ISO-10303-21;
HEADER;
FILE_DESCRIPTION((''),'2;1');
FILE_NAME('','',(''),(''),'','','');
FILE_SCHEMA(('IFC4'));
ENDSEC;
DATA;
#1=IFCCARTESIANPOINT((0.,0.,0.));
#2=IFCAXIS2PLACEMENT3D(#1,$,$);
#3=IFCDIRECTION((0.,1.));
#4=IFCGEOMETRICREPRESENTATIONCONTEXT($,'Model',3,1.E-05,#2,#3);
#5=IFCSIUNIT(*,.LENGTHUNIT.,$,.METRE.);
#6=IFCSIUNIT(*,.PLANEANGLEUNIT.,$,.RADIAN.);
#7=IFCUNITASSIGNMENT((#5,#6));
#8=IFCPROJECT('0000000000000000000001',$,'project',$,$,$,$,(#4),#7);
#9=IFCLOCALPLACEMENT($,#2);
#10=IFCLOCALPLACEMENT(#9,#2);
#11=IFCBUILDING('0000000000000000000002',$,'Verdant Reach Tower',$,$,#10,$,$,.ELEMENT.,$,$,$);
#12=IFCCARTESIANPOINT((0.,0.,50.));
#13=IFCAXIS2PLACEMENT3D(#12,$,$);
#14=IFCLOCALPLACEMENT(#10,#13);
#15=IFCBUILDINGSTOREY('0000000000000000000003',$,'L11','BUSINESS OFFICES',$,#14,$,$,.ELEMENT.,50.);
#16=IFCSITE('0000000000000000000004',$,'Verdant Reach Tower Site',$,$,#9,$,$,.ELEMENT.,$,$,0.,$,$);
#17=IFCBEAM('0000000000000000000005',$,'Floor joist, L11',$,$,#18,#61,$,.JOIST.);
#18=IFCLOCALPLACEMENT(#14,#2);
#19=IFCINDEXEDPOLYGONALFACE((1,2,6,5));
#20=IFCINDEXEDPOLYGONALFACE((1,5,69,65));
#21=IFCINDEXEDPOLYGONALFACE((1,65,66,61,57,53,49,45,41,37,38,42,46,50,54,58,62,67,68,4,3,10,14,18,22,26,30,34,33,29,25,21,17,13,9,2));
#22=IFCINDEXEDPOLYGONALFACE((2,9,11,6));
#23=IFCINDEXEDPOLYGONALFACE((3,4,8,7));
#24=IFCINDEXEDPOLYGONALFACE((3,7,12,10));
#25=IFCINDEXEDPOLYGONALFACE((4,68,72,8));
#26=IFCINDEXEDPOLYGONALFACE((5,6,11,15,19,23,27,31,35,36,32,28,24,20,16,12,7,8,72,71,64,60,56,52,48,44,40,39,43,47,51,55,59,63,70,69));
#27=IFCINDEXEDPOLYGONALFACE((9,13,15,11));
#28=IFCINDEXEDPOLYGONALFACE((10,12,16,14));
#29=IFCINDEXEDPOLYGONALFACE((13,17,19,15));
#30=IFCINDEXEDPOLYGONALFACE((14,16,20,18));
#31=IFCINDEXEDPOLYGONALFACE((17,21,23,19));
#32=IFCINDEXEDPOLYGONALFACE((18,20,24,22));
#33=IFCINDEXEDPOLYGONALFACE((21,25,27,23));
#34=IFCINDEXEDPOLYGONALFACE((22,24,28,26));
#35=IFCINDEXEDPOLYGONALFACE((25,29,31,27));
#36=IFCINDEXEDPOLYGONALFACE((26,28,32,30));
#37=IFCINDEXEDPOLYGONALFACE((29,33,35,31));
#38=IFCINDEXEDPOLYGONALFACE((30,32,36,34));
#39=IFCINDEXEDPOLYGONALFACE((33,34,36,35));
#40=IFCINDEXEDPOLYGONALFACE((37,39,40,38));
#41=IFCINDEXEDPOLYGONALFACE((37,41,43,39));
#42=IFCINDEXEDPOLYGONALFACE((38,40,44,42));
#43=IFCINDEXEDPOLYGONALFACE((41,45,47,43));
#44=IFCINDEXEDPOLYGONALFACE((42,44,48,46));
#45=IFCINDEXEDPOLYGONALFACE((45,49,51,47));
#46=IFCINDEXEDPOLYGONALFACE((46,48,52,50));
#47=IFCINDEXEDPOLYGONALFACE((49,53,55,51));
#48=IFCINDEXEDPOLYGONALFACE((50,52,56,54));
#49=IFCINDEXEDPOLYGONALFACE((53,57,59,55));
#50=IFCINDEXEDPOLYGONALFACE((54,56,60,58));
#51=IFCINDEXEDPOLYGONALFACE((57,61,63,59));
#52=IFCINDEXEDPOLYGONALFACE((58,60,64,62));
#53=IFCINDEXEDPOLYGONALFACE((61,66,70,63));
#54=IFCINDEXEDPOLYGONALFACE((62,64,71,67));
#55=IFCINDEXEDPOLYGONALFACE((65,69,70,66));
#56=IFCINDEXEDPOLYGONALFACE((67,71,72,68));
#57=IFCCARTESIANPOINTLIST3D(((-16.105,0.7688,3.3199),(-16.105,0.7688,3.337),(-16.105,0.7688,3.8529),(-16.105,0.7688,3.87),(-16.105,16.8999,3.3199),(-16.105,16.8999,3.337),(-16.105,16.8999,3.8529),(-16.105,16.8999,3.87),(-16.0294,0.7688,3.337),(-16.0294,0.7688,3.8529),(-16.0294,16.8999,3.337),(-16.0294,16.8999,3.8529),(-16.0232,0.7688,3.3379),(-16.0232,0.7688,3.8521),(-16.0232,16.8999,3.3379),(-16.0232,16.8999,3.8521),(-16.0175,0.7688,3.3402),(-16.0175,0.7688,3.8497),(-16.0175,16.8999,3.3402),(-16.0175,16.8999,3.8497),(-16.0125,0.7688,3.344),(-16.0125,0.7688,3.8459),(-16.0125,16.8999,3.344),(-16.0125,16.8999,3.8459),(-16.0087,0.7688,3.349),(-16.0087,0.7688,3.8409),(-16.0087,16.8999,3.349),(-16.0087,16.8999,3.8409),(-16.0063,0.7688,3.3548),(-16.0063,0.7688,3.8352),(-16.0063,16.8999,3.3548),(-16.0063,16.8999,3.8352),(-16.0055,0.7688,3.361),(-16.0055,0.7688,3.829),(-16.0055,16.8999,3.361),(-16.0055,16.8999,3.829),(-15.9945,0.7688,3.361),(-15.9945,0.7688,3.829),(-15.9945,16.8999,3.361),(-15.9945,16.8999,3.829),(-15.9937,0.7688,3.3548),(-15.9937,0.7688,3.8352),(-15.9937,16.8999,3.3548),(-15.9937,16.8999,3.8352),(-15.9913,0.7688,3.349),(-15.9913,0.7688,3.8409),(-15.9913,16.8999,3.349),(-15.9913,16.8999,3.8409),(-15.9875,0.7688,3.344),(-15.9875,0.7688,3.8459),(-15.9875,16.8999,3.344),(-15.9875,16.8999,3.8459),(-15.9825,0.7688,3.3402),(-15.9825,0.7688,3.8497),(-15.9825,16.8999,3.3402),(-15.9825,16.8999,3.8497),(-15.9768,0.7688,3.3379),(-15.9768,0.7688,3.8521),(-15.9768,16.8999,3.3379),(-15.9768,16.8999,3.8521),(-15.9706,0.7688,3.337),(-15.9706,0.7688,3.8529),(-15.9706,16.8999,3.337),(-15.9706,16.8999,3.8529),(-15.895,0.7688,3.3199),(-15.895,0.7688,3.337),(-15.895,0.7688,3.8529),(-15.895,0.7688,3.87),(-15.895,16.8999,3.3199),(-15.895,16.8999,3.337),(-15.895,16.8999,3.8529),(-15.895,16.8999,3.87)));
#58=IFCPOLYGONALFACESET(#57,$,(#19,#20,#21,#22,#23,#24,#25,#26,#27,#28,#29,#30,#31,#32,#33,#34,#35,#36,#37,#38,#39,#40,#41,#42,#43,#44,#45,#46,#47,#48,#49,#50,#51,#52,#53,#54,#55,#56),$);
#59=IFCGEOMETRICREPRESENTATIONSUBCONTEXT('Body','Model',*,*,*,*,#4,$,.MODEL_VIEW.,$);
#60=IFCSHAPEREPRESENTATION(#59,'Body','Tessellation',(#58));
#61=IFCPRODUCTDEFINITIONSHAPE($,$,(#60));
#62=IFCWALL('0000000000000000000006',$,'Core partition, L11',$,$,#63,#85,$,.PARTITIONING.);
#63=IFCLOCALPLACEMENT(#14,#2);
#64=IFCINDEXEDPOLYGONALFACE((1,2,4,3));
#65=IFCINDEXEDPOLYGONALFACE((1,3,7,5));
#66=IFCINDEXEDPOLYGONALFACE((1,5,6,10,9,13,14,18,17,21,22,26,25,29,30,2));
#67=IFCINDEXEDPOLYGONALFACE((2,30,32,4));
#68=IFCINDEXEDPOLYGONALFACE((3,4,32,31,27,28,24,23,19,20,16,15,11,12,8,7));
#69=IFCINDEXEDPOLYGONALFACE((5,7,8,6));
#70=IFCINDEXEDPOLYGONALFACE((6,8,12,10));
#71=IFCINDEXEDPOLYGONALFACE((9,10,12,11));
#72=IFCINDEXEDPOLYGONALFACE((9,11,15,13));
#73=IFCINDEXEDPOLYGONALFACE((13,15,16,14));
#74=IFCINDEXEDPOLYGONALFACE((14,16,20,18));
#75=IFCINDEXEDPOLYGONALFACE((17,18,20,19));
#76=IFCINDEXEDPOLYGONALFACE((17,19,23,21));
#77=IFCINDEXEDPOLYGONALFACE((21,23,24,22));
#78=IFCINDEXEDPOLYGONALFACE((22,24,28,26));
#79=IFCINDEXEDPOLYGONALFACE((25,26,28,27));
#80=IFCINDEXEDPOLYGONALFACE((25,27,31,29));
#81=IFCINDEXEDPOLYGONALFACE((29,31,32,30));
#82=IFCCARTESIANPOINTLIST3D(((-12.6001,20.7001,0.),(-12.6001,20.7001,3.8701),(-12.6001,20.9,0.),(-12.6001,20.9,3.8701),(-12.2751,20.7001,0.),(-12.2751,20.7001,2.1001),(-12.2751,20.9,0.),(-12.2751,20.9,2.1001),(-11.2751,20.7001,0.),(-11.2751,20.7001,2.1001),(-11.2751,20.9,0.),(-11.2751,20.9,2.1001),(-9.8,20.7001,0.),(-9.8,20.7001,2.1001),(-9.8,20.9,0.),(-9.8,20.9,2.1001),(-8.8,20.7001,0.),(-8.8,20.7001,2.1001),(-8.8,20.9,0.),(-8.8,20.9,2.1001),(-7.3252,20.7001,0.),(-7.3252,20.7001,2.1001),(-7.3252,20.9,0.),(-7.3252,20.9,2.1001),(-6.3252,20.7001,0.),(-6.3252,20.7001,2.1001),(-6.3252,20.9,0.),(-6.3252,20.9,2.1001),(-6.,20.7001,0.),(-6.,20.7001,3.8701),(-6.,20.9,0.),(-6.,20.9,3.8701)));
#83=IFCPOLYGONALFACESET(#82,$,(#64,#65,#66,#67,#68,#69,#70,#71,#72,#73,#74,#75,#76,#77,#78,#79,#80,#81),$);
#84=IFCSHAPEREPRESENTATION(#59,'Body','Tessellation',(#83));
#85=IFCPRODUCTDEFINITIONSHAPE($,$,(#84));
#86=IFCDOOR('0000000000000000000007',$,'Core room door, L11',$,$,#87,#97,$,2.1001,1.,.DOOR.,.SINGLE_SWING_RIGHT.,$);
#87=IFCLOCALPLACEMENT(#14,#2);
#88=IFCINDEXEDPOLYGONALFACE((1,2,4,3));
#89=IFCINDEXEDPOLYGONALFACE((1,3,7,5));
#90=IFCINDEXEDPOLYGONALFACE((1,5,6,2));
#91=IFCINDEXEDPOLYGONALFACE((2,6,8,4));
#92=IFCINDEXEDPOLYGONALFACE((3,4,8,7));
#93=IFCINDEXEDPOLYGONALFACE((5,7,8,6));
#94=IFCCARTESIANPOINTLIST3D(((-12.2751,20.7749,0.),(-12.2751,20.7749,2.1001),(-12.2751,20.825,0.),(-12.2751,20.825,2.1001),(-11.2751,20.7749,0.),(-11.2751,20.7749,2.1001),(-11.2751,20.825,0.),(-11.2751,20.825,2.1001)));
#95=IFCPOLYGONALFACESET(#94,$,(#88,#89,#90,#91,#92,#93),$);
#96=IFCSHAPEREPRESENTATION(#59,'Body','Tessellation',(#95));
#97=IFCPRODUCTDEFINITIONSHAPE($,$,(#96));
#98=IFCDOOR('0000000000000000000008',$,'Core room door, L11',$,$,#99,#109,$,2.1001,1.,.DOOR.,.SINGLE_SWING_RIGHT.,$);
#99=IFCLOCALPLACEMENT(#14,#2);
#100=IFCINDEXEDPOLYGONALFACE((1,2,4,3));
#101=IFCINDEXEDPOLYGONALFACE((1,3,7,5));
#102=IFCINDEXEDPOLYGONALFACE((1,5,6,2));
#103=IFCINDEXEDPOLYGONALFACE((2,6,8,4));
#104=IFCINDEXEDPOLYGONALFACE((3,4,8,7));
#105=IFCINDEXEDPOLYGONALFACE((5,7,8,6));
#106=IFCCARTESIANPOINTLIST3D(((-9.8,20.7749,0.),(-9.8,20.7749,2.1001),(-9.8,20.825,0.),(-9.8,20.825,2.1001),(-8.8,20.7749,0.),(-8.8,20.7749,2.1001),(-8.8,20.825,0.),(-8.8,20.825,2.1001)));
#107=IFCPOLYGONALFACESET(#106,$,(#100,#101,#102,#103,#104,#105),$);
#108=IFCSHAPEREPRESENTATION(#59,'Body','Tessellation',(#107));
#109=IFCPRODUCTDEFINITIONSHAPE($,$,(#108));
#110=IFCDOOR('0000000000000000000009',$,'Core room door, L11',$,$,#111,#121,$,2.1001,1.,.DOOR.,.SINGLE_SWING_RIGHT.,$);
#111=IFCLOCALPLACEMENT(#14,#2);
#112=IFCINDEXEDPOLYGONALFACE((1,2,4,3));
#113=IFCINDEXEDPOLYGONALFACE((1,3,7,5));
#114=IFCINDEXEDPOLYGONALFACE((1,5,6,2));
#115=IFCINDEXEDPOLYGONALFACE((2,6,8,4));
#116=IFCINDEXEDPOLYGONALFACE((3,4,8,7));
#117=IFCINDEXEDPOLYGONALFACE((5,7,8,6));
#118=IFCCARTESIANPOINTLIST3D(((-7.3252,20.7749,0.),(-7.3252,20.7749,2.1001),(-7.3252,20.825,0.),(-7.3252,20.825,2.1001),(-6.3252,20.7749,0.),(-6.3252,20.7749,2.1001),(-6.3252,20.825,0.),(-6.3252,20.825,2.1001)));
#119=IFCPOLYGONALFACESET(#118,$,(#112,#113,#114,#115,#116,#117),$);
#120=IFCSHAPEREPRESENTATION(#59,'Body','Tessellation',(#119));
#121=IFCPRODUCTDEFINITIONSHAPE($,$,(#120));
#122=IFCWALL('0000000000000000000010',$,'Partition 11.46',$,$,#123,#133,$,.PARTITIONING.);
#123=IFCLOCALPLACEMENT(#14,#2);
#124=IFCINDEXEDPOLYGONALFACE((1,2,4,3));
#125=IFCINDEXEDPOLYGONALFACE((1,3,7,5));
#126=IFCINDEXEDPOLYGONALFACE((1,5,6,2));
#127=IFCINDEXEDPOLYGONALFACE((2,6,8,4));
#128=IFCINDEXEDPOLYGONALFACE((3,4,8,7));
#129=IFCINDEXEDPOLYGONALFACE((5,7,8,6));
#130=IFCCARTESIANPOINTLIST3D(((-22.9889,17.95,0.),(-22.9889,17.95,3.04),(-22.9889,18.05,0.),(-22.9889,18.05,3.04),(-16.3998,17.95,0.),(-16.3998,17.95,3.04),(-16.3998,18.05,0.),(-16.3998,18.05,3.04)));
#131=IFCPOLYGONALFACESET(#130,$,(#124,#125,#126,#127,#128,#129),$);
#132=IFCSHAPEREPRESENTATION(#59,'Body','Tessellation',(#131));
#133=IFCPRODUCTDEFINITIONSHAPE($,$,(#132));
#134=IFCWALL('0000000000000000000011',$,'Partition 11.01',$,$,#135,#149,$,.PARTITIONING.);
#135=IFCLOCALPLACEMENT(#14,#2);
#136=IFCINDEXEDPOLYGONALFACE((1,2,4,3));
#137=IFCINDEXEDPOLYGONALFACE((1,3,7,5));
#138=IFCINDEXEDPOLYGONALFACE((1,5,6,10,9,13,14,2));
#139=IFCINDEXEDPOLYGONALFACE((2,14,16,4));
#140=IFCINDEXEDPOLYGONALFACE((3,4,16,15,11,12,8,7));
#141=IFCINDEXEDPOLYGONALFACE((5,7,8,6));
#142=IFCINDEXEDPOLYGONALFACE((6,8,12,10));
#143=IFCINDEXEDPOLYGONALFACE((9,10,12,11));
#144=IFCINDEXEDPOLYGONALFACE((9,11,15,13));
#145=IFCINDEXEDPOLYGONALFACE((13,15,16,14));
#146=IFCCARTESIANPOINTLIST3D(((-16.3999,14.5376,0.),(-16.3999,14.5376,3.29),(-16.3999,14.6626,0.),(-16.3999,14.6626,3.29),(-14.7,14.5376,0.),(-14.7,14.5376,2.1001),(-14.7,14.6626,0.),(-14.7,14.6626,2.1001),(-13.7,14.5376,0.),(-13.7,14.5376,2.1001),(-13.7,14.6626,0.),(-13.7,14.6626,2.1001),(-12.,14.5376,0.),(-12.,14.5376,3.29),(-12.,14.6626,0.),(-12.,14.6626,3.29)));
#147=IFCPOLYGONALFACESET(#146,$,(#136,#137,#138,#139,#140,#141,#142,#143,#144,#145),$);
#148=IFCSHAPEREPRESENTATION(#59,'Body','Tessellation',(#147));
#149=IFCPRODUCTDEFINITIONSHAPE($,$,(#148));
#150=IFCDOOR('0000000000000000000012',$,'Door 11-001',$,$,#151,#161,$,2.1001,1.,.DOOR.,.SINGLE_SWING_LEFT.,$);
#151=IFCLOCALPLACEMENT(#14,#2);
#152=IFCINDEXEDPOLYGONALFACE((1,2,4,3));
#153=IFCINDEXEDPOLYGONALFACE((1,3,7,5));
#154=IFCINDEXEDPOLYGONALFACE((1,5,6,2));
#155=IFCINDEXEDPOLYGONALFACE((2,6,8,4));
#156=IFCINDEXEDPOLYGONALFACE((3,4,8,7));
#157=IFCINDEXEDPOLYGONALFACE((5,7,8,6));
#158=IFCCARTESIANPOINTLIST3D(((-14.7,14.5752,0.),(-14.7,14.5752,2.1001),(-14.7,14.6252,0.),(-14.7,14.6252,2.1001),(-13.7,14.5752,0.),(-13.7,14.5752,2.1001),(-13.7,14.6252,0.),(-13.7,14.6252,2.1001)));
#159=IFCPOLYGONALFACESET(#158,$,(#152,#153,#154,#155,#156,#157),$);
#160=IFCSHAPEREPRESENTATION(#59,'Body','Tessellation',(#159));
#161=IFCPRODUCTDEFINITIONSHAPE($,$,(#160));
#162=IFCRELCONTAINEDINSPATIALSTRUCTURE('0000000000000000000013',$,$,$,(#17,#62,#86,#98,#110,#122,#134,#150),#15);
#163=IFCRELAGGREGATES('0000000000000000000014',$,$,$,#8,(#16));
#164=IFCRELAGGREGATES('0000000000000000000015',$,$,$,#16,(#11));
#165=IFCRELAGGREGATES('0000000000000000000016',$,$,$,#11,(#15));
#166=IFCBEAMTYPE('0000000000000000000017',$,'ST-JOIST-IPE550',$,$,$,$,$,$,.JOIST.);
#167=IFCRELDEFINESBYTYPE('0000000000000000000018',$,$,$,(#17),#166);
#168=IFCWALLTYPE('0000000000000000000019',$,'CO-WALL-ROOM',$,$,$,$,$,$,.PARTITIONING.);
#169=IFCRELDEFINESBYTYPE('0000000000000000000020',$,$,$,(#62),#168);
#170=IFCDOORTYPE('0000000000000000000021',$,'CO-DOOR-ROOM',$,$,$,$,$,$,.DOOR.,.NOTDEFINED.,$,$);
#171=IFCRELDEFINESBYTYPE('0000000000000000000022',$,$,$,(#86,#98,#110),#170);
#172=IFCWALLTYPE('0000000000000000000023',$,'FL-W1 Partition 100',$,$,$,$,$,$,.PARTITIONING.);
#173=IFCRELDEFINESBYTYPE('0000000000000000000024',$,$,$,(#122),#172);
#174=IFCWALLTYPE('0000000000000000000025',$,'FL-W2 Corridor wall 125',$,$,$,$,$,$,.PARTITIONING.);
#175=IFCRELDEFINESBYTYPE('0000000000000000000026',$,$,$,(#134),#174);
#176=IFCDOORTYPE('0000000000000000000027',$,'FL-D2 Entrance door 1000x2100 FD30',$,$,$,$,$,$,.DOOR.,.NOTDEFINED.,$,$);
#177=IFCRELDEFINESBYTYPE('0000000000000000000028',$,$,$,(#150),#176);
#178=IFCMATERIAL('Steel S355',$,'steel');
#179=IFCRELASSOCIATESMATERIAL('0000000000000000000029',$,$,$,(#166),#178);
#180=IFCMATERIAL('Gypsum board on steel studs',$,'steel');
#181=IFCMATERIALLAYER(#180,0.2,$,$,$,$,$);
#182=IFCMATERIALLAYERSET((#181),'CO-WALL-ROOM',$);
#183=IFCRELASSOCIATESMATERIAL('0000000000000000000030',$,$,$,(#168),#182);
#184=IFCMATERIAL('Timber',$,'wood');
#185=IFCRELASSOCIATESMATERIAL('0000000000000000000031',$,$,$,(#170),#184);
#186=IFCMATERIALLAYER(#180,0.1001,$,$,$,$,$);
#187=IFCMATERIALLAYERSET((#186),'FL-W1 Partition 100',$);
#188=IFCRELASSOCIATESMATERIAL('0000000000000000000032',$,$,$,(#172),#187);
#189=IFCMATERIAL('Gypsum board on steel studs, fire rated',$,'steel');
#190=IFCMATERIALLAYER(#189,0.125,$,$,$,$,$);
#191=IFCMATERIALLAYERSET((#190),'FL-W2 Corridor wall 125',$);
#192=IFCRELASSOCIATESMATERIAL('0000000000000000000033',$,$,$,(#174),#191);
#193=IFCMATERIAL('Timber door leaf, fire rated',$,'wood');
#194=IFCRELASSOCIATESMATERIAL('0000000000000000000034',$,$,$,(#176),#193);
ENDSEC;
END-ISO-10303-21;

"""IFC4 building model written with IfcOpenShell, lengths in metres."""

from ifc_helpers import new_model, si_unit, direction, frame, frame_2d, origin, origin_2d, place, context, subcontext, project, spatial, rectangle, i_section, extrude, material, layer, layer_set, material_profile, profile_set, type_object, element, fill, save


model = new_model("IFC4")

# Units and contexts
model_context = context("Model", 3, precision=1e-05, world=origin(), true_north=direction((0.0, 1.0)))
body_context = subcontext(model_context, "Body", "Model", "MODEL_VIEW")
ifc_project = project(units=[si_unit("LENGTHUNIT", "METRE"), si_unit("PLANEANGLEUNIT", "RADIAN")], contexts=[model_context])

# Site, building, storey
site_placement = place(None, origin())
site = spatial("IfcSite", under=ifc_project, at=site_placement, Name="Verdant Reach Tower Site", CompositionType="ELEMENT", RefElevation=0.0)
building_placement = place(site_placement, origin())
building = spatial("IfcBuilding", under=site, at=building_placement, Name="Verdant Reach Tower", CompositionType="ELEMENT")
storey_placement = place(building_placement, frame((0.0, 0.0, 50.0)))
storey = spatial("IfcBuildingStorey", under=building, at=storey_placement, Name="L11", Description="BUSINESS OFFICES", CompositionType="ELEMENT", Elevation=50.0)

# Beam
ifc_material_1 = material(Name="Steel S355", Category="steel")
ifc_material_profile_1 = material_profile(ifc_material_1, i_section(OverallWidth=0.21, OverallDepth=0.55, WebThickness=0.011, FlangeThickness=0.0171, FilletRadius=0.0239, at=origin_2d()), Name="IPE 550")
ifc_profile_set_1 = profile_set([ifc_material_profile_1], Name="Steel S355")
beam_type_1 = type_object("IfcBeamType", Name="ST-JOIST-IPE550", PredefinedType="JOIST", material=ifc_profile_set_1)
beam_1_placement = place(storey_placement, frame((-16.0, 16.8999, 3.595), z_axis=(0.0, -1.0, 0.0), x_axis=(1.0, 0.0, 0.0)))
element("IfcBeam", 1, at=beam_1_placement, inside=storey, type_object=beam_type_1, Name="Floor joist, L11", PredefinedType="JOIST", context=body_context, shape_type="SweptSolid", body=[
    extrude(i_section(OverallWidth=0.21, OverallDepth=0.55, WebThickness=0.011, FlangeThickness=0.0171, FilletRadius=0.0239, at=origin_2d()), origin(), (0.0, 0.0, 1.0), 16.1311),
])

# Wall, openings, doors
ifc_material_2 = material(Name="Gypsum board on steel studs", Category="steel")
ifc_layer_1 = layer(ifc_material_2, 0.2)
ifc_layer_set_1 = layer_set([ifc_layer_1], Name="CO-WALL-ROOM")
wall_type_1 = type_object("IfcWallType", Name="CO-WALL-ROOM", PredefinedType="PARTITIONING", material=ifc_layer_set_1)
wall_1_placement = place(storey_placement, frame((-12.6001, 20.8, 0.0), z_axis=(0.0, 0.0, 1.0), x_axis=(1.0, 0.0, 0.0)))
wall_1 = element("IfcWall", 2, at=wall_1_placement, inside=storey, type_object=wall_type_1, Name="Core partition, L11", PredefinedType="PARTITIONING", context=body_context, shape_type="SweptSolid", body=[
    extrude(rectangle(XDim=6.6001, YDim=0.2, at=frame_2d((3.3, 0.0))), origin(), (0.0, 0.0, 1.0), 3.8701),
])
opening_1_placement = place(wall_1_placement, frame((0.325, 0.0, 0.0)))
opening_1 = element("IfcOpeningElement", 3, at=opening_1_placement, cuts=wall_1, PredefinedType="OPENING", context=body_context, shape_type="SweptSolid", body=[
    extrude(rectangle(XDim=1.0, YDim=2.1001, at=frame_2d((0.5, 1.05))), frame((0.0, 0.1099, 0.0), z_axis=(0.0, -1.0, 0.0), x_axis=(1.0, 0.0, 0.0)), (0.0, 0.0, 1.0), 0.22),
])
opening_2_placement = place(wall_1_placement, frame((2.8, 0.0, 0.0)))
opening_2 = element("IfcOpeningElement", 4, at=opening_2_placement, cuts=wall_1, PredefinedType="OPENING", context=body_context, shape_type="SweptSolid", body=[
    extrude(rectangle(XDim=1.0, YDim=2.1001, at=frame_2d((0.5, 1.05))), frame((0.0, 0.1099, 0.0), z_axis=(0.0, -1.0, 0.0), x_axis=(1.0, 0.0, 0.0)), (0.0, 0.0, 1.0), 0.22),
])
opening_3_placement = place(wall_1_placement, frame((5.2749, 0.0, 0.0)))
opening_3 = element("IfcOpeningElement", 5, at=opening_3_placement, cuts=wall_1, PredefinedType="OPENING", context=body_context, shape_type="SweptSolid", body=[
    extrude(rectangle(XDim=1.0, YDim=2.1001, at=frame_2d((0.5, 1.05))), frame((0.0, 0.1099, 0.0), z_axis=(0.0, -1.0, 0.0), x_axis=(1.0, 0.0, 0.0)), (0.0, 0.0, 1.0), 0.22),
])
ifc_material_3 = material(Name="Timber", Category="wood")
door_type_1 = type_object("IfcDoorType", Name="CO-DOOR-ROOM", OperationType="NOTDEFINED", PredefinedType="DOOR", material=ifc_material_3)
door_1_placement = place(opening_1_placement, origin())
door_1 = element("IfcDoor", 6, at=door_1_placement, inside=storey, type_object=door_type_1, Name="Core room door, L11", OperationType="SINGLE_SWING_RIGHT", OverallHeight=2.1001, OverallWidth=1.0, PredefinedType="DOOR", context=body_context, shape_type="SweptSolid", body=[
    extrude(rectangle(XDim=1.0, YDim=2.1001, at=frame_2d((0.5, 1.05))), frame((0.0, 0.0249, 0.0), z_axis=(0.0, -1.0, 0.0), x_axis=(1.0, 0.0, 0.0)), (0.0, 0.0, 1.0), 0.05),
])
fill(opening_1, door_1)
door_2_placement = place(opening_2_placement, origin())
door_2 = element("IfcDoor", 7, at=door_2_placement, inside=storey, type_object=door_type_1, Name="Core room door, L11", OperationType="SINGLE_SWING_RIGHT", OverallHeight=2.1001, OverallWidth=1.0, PredefinedType="DOOR", context=body_context, shape_type="SweptSolid", body=[
    extrude(rectangle(XDim=1.0, YDim=2.1001, at=frame_2d((0.5, 1.05))), frame((0.0, 0.0249, 0.0), z_axis=(0.0, -1.0, 0.0), x_axis=(1.0, 0.0, 0.0)), (0.0, 0.0, 1.0), 0.05),
])
fill(opening_2, door_2)
door_3_placement = place(opening_3_placement, origin())
door_3 = element("IfcDoor", 8, at=door_3_placement, inside=storey, type_object=door_type_1, Name="Core room door, L11", OperationType="SINGLE_SWING_RIGHT", OverallHeight=2.1001, OverallWidth=1.0, PredefinedType="DOOR", context=body_context, shape_type="SweptSolid", body=[
    extrude(rectangle(XDim=1.0, YDim=2.1001, at=frame_2d((0.5, 1.05))), frame((0.0, 0.0249, 0.0), z_axis=(0.0, -1.0, 0.0), x_axis=(1.0, 0.0, 0.0)), (0.0, 0.0, 1.0), 0.05),
])
fill(opening_3, door_3)

# Wall
ifc_layer_2 = layer(ifc_material_2, 0.1001)
ifc_layer_set_2 = layer_set([ifc_layer_2], Name="FL-W1 Partition 100")
wall_type_2 = type_object("IfcWallType", Name="FL-W1 Partition 100", PredefinedType="PARTITIONING", material=ifc_layer_set_2)
wall_2_placement = place(storey_placement, frame((-16.3999, 18.0, 0.0), z_axis=(0.0, 0.0, 1.0), x_axis=(-1.0, 0.0, 0.0)))
element("IfcWall", 9, at=wall_2_placement, inside=storey, type_object=wall_type_2, Name="Partition 11.46", PredefinedType="PARTITIONING", context=body_context, shape_type="SweptSolid", body=[
    extrude(rectangle(XDim=6.5891, YDim=0.1001, at=frame_2d((3.2944, 0.0))), origin(), (0.0, 0.0, 1.0), 3.04),
])

# Wall, opening, door
ifc_material_4 = material(Name="Gypsum board on steel studs, fire rated", Category="steel")
ifc_layer_3 = layer(ifc_material_4, 0.125)
ifc_layer_set_3 = layer_set([ifc_layer_3], Name="FL-W2 Corridor wall 125")
wall_type_3 = type_object("IfcWallType", Name="FL-W2 Corridor wall 125", PredefinedType="PARTITIONING", material=ifc_layer_set_3)
wall_3_placement = place(storey_placement, frame((-12.0, 14.6001, 0.0), z_axis=(0.0, 0.0, 1.0), x_axis=(-1.0, 0.0, 0.0)))
wall_3 = element("IfcWall", 10, at=wall_3_placement, inside=storey, type_object=wall_type_3, Name="Partition 11.01", PredefinedType="PARTITIONING", context=body_context, shape_type="SweptSolid", body=[
    extrude(rectangle(XDim=4.3999, YDim=0.125, at=frame_2d((2.2, 0.0))), origin(), (0.0, 0.0, 1.0), 3.29),
])
opening_4_placement = place(wall_3_placement, frame((1.7, 0.0, 0.0)))
opening_4 = element("IfcOpeningElement", 11, at=opening_4_placement, cuts=wall_3, PredefinedType="OPENING", context=body_context, shape_type="SweptSolid", body=[
    extrude(rectangle(XDim=1.0, YDim=2.1001, at=frame_2d((0.5, 1.05))), frame((0.0, 0.0725, 0.0), z_axis=(0.0, -1.0, 0.0), x_axis=(1.0, 0.0, 0.0)), (0.0, 0.0, 1.0), 0.145),
])
ifc_material_5 = material(Name="Timber door leaf, fire rated", Category="wood")
door_type_2 = type_object("IfcDoorType", Name="FL-D2 Entrance door 1000x2100 FD30", OperationType="NOTDEFINED", PredefinedType="DOOR", material=ifc_material_5)
door_4_placement = place(opening_4_placement, origin())
door_4 = element("IfcDoor", 12, at=door_4_placement, inside=storey, type_object=door_type_2, Name="Door 11-001", OperationType="SINGLE_SWING_LEFT", OverallHeight=2.1001, OverallWidth=1.0, PredefinedType="DOOR", context=body_context, shape_type="SweptSolid", body=[
    extrude(rectangle(XDim=1.0, YDim=2.1001, at=frame_2d((0.5, 1.05))), frame((0.0, 0.0249, 0.0), z_axis=(0.0, -1.0, 0.0), x_axis=(1.0, 0.0, 0.0)), (0.0, 0.0, 1.0), 0.05),
])
fill(opening_4, door_4)

save(model, "model.ifc")
